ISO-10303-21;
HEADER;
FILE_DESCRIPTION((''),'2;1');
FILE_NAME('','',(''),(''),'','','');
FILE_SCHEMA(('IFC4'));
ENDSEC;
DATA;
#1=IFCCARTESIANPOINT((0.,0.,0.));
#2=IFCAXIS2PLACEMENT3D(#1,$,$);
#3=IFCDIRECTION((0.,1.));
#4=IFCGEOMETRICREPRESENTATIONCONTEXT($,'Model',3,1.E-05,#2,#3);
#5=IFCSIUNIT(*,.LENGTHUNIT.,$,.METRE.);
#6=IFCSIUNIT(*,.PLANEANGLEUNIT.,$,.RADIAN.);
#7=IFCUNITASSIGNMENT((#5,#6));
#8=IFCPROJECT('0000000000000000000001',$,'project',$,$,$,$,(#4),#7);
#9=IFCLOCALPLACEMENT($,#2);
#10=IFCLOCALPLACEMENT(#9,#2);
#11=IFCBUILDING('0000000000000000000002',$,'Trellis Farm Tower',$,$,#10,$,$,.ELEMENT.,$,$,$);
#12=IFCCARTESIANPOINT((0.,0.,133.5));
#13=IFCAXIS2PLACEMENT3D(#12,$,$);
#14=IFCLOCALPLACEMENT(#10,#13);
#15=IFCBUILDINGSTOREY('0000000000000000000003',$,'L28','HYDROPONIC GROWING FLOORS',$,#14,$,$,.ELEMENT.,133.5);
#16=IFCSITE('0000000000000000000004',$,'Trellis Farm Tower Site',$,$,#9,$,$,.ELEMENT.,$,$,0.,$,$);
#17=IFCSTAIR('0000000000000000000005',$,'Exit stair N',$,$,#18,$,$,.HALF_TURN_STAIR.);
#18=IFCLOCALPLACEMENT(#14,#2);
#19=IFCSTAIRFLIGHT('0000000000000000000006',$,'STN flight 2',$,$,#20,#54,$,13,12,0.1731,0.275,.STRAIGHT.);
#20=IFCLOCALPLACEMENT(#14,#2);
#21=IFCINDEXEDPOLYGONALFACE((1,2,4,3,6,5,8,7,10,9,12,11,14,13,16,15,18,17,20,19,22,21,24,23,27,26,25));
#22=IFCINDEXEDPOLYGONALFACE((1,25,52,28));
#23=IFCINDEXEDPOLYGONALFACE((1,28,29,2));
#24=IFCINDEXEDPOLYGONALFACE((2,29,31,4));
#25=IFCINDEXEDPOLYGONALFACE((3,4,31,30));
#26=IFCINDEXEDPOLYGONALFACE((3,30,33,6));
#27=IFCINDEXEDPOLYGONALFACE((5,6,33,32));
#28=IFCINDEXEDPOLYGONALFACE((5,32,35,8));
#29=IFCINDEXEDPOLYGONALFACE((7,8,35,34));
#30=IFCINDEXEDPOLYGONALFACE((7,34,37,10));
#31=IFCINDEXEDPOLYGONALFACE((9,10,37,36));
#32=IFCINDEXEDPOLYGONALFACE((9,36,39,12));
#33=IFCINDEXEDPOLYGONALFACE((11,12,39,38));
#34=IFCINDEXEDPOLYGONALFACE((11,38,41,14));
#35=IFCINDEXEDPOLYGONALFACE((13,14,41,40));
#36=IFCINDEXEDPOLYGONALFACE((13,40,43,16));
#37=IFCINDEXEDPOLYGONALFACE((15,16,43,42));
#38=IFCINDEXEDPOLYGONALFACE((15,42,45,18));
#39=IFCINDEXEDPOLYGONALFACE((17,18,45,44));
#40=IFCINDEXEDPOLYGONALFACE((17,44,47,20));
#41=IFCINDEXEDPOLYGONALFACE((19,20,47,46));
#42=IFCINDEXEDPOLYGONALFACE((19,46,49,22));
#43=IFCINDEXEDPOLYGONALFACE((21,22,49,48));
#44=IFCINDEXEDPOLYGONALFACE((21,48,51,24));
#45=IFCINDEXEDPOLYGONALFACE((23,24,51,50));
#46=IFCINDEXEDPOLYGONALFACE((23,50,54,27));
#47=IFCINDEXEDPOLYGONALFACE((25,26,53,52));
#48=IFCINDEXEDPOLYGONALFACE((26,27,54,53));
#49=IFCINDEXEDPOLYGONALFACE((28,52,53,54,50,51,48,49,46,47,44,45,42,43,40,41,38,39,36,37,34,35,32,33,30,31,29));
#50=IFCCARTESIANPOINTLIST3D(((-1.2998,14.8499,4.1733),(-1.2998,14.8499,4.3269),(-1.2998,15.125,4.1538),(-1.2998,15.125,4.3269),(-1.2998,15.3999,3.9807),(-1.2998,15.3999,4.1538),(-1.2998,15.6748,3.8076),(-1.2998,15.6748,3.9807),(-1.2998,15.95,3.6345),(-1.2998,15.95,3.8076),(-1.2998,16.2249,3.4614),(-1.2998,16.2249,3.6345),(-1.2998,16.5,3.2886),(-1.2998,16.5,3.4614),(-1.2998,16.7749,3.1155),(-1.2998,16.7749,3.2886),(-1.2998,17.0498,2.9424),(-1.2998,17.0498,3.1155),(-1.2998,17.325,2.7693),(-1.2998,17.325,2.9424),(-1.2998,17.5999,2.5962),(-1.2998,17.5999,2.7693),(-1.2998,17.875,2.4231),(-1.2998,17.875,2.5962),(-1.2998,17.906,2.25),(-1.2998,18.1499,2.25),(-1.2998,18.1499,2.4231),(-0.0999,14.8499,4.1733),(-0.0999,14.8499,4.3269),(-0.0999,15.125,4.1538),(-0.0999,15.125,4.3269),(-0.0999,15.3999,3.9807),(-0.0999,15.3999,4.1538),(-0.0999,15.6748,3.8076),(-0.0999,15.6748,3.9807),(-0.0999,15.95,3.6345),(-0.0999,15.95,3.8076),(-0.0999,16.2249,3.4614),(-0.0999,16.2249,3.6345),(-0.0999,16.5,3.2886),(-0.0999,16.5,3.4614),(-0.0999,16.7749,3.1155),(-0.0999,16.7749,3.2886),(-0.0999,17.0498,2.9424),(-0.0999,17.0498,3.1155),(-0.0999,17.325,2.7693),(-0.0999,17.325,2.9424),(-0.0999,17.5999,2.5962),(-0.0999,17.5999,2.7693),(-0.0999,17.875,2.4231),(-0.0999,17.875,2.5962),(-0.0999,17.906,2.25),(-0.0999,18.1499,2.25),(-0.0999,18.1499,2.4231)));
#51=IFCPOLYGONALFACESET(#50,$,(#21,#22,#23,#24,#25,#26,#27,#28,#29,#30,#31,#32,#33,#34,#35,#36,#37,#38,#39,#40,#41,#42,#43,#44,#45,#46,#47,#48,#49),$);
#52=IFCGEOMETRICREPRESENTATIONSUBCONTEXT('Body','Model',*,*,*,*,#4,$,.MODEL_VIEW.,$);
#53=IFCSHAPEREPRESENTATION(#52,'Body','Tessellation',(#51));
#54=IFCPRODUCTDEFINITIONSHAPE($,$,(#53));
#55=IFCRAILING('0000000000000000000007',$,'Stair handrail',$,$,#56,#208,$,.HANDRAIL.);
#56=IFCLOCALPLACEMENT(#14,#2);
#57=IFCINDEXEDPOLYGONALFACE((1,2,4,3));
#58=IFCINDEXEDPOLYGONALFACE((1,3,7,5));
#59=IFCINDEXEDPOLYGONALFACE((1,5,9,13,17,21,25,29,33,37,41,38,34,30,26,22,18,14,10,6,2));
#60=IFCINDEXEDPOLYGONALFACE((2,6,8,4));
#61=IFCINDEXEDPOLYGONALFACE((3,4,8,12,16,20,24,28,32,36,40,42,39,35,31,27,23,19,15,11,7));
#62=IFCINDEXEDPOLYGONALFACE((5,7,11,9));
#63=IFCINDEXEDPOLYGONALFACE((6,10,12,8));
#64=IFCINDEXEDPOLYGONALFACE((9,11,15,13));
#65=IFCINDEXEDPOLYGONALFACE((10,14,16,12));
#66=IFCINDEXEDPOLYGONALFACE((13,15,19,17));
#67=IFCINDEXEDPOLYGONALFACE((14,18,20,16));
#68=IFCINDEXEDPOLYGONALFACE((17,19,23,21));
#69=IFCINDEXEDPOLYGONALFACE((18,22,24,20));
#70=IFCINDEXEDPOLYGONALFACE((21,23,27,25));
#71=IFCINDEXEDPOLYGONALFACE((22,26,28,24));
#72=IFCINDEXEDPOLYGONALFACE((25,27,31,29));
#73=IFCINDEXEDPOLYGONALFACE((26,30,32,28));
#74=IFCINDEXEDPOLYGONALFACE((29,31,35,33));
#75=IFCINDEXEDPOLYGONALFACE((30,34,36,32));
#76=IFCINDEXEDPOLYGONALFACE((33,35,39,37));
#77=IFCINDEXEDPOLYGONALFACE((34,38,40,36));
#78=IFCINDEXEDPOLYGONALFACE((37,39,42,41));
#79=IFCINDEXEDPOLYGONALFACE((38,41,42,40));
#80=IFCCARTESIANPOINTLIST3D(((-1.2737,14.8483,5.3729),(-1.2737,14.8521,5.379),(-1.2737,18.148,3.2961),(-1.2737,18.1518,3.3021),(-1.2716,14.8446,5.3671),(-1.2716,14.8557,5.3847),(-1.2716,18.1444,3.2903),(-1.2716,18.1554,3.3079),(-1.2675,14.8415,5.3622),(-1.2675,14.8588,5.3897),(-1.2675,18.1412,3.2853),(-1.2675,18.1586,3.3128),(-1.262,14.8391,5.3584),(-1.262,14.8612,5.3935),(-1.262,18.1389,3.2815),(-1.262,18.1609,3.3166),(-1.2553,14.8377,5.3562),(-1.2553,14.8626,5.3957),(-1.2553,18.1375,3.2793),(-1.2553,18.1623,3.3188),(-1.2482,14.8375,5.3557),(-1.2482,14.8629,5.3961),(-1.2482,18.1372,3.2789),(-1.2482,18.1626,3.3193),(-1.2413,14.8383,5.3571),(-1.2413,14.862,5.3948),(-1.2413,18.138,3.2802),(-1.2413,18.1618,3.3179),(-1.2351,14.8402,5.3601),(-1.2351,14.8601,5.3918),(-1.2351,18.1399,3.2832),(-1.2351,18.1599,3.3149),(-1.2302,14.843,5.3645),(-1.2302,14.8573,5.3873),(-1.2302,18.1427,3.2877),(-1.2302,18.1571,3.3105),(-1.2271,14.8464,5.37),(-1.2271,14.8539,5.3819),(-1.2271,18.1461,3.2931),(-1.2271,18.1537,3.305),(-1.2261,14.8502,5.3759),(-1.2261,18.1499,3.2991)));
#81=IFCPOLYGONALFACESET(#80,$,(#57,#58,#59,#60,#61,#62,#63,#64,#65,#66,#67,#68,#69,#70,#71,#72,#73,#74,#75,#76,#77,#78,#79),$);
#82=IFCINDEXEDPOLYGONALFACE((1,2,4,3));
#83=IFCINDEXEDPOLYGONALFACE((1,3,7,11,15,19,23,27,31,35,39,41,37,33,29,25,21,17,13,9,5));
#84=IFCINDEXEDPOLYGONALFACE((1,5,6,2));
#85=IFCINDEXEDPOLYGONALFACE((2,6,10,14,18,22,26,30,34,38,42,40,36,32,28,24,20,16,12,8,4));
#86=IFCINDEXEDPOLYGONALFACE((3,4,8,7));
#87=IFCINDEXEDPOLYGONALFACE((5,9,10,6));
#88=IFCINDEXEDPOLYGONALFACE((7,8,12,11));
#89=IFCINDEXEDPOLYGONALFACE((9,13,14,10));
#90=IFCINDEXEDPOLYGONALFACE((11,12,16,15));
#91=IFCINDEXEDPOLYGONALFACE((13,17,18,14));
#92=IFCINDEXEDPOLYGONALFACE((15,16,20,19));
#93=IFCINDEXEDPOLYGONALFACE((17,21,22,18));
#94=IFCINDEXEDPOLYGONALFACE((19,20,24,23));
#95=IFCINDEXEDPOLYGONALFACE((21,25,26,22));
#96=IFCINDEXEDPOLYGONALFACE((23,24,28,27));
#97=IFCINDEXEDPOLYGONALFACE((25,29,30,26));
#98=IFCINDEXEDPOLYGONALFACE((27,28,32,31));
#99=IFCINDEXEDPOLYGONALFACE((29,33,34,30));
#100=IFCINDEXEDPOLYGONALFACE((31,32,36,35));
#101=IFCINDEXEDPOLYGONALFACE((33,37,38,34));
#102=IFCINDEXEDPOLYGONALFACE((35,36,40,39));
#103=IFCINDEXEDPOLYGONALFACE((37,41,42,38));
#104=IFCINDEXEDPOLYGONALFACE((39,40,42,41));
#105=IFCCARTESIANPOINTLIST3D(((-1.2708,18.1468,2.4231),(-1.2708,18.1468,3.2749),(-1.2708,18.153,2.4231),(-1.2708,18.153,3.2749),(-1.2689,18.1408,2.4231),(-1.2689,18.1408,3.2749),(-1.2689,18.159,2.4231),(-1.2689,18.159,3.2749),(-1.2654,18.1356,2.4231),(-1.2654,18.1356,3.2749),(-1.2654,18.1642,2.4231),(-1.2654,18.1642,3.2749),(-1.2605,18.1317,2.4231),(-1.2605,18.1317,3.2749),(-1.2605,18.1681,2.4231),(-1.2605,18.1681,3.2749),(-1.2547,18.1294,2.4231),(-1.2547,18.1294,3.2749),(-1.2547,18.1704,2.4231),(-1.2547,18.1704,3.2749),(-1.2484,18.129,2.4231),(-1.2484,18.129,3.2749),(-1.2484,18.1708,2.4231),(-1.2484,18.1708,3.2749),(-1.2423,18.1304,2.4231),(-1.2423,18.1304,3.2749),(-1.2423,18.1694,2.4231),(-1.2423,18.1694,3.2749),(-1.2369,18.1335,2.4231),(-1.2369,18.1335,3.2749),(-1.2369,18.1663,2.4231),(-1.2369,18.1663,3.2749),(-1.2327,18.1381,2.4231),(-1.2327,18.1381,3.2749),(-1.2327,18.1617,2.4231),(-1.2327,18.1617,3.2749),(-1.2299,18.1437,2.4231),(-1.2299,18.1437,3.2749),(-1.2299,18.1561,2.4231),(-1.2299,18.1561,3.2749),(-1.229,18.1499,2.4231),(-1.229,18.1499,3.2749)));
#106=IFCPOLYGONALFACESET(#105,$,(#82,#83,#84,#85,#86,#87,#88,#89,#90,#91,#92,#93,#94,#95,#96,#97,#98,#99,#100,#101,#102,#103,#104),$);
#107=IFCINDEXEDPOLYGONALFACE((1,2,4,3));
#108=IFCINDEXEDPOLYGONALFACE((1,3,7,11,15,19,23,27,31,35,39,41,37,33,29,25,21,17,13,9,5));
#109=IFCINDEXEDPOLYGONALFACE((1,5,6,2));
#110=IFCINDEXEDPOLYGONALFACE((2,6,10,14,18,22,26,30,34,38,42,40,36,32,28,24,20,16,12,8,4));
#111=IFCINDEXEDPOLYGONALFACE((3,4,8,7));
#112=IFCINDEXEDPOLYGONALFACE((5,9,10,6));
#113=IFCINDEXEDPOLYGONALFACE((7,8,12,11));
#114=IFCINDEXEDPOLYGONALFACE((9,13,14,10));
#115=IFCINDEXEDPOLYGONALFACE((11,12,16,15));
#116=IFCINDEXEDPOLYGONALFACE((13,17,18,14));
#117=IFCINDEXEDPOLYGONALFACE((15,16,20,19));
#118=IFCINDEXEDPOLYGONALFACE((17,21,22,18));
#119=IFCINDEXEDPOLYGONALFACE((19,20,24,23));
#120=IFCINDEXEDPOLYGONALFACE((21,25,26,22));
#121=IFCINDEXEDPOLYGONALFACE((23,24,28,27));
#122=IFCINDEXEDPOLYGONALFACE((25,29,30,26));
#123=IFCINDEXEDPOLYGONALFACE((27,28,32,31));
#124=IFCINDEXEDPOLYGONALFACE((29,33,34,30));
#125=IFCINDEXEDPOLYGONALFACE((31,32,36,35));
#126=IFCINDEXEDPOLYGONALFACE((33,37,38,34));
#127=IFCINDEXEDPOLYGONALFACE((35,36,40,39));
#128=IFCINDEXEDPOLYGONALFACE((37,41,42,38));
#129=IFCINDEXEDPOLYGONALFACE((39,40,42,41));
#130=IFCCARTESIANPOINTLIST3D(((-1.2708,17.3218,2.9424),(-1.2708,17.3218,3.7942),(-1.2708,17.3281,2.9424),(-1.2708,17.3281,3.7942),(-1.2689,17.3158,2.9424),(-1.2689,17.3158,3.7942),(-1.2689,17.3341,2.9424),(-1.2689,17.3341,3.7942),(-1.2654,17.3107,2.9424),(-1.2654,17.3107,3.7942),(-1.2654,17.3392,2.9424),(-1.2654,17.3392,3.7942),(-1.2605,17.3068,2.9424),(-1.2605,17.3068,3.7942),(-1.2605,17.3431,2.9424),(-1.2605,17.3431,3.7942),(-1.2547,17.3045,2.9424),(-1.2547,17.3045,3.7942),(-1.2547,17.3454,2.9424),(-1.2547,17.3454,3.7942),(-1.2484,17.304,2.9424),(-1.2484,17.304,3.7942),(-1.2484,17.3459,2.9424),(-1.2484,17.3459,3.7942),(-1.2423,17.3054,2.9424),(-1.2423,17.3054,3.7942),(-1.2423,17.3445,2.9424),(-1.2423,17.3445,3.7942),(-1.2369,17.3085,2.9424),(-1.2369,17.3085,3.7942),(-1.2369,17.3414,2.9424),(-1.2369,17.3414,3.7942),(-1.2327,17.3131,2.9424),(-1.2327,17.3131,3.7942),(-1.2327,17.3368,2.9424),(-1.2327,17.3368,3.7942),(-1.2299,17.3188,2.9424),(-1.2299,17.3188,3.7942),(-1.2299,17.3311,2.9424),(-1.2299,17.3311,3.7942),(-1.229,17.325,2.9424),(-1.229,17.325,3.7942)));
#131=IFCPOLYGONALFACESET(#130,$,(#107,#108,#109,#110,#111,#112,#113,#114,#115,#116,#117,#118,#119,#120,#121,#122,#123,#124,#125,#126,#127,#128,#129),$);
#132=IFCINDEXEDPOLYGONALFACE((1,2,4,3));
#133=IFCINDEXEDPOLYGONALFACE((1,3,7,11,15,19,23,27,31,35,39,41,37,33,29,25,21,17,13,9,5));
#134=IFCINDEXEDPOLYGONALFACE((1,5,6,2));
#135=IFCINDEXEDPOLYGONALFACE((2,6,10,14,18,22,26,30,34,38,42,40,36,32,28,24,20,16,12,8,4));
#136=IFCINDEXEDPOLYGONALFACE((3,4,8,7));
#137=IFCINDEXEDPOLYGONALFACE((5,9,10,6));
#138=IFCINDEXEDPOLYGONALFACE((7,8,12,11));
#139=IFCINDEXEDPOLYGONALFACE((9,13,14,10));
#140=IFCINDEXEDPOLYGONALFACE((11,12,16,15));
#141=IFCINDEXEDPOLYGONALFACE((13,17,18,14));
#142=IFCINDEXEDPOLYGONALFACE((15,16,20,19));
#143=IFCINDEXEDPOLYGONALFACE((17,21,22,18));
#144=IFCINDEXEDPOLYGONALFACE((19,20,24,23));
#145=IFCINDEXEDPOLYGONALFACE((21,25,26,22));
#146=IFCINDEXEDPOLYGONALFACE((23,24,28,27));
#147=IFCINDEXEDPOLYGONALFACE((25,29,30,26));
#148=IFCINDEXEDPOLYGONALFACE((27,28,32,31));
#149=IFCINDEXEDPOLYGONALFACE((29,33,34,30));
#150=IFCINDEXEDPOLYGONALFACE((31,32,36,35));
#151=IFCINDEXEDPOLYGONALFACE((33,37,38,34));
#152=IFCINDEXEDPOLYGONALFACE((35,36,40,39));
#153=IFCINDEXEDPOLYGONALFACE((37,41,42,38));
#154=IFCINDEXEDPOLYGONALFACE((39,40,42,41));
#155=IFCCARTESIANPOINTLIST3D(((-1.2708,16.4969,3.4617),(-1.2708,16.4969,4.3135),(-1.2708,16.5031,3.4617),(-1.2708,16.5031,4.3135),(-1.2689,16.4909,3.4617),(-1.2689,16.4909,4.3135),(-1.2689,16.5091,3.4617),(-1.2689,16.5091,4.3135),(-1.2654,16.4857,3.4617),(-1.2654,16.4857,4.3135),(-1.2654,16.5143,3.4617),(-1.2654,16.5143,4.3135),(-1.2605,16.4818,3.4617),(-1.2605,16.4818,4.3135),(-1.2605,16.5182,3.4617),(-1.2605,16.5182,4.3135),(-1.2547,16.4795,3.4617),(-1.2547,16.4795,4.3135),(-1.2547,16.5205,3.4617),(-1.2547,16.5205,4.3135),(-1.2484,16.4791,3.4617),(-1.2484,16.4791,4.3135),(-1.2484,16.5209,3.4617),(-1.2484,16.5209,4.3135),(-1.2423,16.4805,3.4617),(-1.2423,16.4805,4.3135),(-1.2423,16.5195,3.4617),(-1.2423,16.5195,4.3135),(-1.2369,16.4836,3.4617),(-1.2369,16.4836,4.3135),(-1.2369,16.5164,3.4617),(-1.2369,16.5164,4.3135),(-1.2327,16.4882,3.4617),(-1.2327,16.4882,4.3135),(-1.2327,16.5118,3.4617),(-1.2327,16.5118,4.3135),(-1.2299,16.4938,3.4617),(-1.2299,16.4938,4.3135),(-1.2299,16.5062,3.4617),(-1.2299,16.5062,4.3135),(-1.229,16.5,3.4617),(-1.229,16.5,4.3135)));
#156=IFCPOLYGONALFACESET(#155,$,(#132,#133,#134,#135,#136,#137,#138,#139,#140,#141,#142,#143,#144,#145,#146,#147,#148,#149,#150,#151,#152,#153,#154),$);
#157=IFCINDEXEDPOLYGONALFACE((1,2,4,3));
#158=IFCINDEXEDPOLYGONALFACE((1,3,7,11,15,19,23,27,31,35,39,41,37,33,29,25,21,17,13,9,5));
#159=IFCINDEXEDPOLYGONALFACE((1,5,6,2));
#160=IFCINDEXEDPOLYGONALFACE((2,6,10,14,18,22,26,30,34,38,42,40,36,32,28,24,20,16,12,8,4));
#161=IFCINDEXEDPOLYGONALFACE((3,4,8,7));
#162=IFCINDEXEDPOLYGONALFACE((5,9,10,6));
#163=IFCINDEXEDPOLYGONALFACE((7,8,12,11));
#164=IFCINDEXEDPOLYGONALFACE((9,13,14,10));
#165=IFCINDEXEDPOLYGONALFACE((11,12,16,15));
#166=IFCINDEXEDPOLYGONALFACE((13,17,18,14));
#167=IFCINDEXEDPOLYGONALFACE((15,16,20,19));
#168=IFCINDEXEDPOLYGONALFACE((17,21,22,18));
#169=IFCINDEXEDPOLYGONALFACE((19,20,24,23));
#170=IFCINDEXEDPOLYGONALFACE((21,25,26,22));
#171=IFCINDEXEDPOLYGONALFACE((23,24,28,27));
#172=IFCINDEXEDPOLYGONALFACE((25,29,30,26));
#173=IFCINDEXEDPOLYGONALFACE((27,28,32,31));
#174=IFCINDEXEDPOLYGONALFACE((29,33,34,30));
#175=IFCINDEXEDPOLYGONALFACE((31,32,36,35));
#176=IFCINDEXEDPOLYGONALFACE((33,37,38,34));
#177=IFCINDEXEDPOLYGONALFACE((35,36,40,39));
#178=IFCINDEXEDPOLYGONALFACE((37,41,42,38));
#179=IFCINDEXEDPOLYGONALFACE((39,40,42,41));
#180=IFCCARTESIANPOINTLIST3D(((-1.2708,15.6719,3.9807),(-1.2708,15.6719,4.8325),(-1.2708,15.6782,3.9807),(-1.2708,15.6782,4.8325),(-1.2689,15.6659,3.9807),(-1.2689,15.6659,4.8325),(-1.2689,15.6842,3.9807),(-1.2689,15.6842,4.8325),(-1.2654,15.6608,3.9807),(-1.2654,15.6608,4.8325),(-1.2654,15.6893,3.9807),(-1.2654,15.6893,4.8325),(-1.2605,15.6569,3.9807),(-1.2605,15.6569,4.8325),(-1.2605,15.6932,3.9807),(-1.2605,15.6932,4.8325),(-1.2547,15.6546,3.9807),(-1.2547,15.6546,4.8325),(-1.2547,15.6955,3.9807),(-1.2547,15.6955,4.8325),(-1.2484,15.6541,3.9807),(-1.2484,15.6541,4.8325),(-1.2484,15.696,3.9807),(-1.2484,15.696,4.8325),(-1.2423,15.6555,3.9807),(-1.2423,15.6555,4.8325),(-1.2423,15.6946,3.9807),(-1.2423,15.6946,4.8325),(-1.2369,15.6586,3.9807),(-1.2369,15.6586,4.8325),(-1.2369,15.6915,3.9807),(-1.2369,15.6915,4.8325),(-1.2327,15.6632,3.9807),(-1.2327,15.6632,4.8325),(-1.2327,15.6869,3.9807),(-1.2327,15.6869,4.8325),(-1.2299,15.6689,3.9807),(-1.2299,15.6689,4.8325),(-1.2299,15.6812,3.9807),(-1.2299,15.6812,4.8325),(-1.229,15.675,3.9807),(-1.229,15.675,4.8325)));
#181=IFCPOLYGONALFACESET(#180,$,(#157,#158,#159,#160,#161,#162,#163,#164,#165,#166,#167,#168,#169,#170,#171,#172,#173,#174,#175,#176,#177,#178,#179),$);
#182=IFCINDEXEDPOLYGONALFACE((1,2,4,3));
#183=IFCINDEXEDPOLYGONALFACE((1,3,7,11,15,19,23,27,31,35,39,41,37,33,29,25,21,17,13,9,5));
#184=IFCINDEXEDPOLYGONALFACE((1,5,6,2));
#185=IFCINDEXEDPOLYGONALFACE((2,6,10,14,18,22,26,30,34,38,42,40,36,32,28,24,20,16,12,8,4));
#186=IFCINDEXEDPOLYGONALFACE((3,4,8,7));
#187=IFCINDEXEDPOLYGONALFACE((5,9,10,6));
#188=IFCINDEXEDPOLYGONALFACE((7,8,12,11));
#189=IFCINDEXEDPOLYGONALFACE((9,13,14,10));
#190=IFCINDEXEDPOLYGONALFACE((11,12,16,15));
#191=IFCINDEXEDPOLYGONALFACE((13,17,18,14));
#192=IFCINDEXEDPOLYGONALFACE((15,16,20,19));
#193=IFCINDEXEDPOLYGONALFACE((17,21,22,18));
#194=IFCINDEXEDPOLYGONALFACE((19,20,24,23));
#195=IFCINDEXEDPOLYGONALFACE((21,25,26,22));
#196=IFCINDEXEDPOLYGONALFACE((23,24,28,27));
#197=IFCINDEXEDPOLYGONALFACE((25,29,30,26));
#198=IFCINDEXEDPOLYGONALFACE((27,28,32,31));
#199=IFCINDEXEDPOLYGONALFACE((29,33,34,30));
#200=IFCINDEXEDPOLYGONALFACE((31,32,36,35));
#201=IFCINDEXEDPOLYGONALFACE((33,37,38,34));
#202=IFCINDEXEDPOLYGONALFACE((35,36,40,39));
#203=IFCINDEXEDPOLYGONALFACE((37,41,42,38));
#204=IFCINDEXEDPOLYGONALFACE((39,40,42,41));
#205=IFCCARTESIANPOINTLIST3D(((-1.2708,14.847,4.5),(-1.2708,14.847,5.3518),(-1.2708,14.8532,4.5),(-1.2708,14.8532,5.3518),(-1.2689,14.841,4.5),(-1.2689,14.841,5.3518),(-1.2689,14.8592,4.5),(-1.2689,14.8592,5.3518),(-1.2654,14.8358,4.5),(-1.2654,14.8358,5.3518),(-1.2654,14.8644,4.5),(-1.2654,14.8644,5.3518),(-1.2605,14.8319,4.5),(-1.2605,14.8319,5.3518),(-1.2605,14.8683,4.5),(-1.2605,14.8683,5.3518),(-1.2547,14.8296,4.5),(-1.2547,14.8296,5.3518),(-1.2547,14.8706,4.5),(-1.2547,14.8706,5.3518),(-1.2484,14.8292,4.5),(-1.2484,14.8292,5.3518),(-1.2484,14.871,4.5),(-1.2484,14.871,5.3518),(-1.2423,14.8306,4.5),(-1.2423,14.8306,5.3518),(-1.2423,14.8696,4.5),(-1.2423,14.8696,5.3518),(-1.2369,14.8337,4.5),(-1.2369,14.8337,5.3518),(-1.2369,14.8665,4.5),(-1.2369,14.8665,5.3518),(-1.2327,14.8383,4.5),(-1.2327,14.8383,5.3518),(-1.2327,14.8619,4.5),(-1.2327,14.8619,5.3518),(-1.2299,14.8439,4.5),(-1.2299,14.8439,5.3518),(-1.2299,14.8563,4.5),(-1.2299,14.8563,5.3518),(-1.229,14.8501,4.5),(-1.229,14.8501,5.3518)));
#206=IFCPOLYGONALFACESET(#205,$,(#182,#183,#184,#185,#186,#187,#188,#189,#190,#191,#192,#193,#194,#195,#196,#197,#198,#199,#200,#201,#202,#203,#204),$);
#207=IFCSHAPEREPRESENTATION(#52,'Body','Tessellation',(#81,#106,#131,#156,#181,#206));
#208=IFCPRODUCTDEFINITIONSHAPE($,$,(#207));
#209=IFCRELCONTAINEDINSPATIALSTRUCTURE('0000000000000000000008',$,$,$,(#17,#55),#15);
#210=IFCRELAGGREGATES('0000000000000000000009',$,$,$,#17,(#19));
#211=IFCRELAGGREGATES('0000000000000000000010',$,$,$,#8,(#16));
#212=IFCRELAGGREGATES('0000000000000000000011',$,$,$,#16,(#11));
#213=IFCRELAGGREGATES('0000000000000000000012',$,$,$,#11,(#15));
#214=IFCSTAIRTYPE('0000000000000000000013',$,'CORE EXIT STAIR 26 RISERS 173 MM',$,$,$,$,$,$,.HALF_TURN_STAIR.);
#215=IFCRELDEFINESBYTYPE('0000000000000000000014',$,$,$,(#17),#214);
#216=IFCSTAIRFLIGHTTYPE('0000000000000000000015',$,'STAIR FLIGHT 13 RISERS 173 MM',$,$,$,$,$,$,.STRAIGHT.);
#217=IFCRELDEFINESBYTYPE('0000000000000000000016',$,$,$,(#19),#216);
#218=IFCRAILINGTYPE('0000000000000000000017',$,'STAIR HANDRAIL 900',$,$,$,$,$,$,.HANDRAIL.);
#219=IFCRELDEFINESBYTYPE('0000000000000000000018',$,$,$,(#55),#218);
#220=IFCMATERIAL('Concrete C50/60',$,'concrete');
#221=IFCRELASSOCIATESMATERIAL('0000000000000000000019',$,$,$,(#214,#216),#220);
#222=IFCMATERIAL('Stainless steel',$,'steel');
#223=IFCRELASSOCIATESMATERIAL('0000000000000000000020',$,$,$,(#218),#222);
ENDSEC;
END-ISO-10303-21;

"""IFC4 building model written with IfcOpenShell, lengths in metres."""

from ifc_helpers import new_model, si_unit, direction, frame, origin, origin_2d, place, context, subcontext, project, spatial, polyline, circle, outline, extrude, source, transform, mapped, material, type_object, element, aggregate, save


model = new_model("IFC4")

# Units and contexts
model_context = context("Model", 3, precision=1e-05, world=origin(), true_north=direction((0.0, 1.0)))
body_context = subcontext(model_context, "Body", "Model", "MODEL_VIEW")
ifc_project = project(units=[si_unit("LENGTHUNIT", "METRE"), si_unit("PLANEANGLEUNIT", "RADIAN")], contexts=[model_context])

# Site, building, storey
site_placement = place(None, origin())
site = spatial("IfcSite", under=ifc_project, at=site_placement, Name="Trellis Farm Tower Site", CompositionType="ELEMENT", RefElevation=0.0)
building_placement = place(site_placement, origin())
building = spatial("IfcBuilding", under=site, at=building_placement, Name="Trellis Farm Tower", CompositionType="ELEMENT")
storey_placement = place(building_placement, frame((0.0, 0.0, 133.5)))
storey = spatial("IfcBuildingStorey", under=building, at=storey_placement, Name="L28", Description="HYDROPONIC GROWING FLOORS", CompositionType="ELEMENT", Elevation=133.5)

# Shared definitions
placement = place(storey_placement, origin())

# Stair, stair flight
ifc_material_1 = material(Name="Concrete C50/60", Category="concrete")
stair_type = type_object("IfcStairType", Name="CORE EXIT STAIR 26 RISERS 173 MM", PredefinedType="HALF_TURN_STAIR", material=ifc_material_1)
stair = element("IfcStair", 1, at=placement, inside=storey, type_object=stair_type, Name="Exit stair N", PredefinedType="HALF_TURN_STAIR")
stair_flight_type = type_object("IfcStairFlightType", Name="STAIR FLIGHT 13 RISERS 173 MM", PredefinedType="STRAIGHT", material=ifc_material_1)
shared_shape_1 = source(origin(), body_context, "Body", "SweptSolid", [
    extrude(outline(polyline([(0.0, 0.0), (0.0, 0.1731), (0.2749, 0.1731), (0.2749, 0.3462), (0.55, 0.3462), (0.55, 0.5193), (0.825, 0.5193), (0.825, 0.6924), (1.1001, 0.6924), (1.1001, 0.8655), (1.375, 0.8655), (1.375, 1.0386), (1.6499, 1.0386), (1.6499, 1.2114), (1.925, 1.2114), (1.925, 1.3845), (2.2, 1.3845), (2.2, 1.5576), (2.4751, 1.5576), (2.4751, 1.7307), (2.75, 1.7307), (2.75, 1.9038), (3.0249, 1.9038), (3.0249, 2.0769), (3.3, 2.0769), (3.3, 2.25), (3.3, 1.9233), (0.2439, 0.0), (0.0, 0.0)])), frame((0.0, 0.6001, 0.0), z_axis=(0.0, -1.0, 0.0), x_axis=(1.0, 0.0, 0.0)), (0.0, 0.0, 1.0), 1.2),
])
stair_flight_placement = place(storey_placement, frame((-0.7, 18.1499, 2.25), z_axis=(0.0, 0.0, 1.0), x_axis=(0.0, -1.0, 0.0)))
stair_flight = element("IfcStairFlight", 2, at=stair_flight_placement, type_object=stair_flight_type, Name="STN flight 2", NumberOfRisers=13, NumberOfTreads=12, PredefinedType="STRAIGHT", RiserHeight=0.1731, TreadLength=0.275, context=body_context, shape_type="MappedRepresentation", body=[
    mapped(shared_shape_1, transform((0.0, 0.0, 0.0))),
])
aggregate(stair, [stair_flight])

# Railing
ifc_material_2 = material(Name="Stainless steel", Category="steel")
railing_type = type_object("IfcRailingType", Name="STAIR HANDRAIL 900", PredefinedType="HANDRAIL", material=ifc_material_2)
shared_shape_2 = source(origin(), body_context, "Body", "SweptSolid", [
    extrude(circle(Radius=0.0239, at=origin_2d()), frame((0.0, 0.0, 0.876), z_axis=(0.0, -0.84632, 0.532675), x_axis=(1.0, 0.0, 0.0)), (0.0, 0.0, 1.0), 3.8989),
    extrude(circle(Radius=0.021, at=origin_2d()), origin(), (0.0, 0.0, 1.0), 0.8518),
    extrude(circle(Radius=0.021, at=origin_2d()), frame((0.0, -0.825, 0.5193)), (0.0, 0.0, 1.0), 0.8518),
    extrude(circle(Radius=0.021, at=origin_2d()), frame((0.0, -1.6499, 1.0386)), (0.0, 0.0, 1.0), 0.8518),
    extrude(circle(Radius=0.021, at=origin_2d()), frame((0.0, -2.4749, 1.5576)), (0.0, 0.0, 1.0), 0.8518),
    extrude(circle(Radius=0.021, at=origin_2d()), frame((0.0, -3.2998, 2.0769)), (0.0, 0.0, 1.0), 0.8518),
])
railing_placement = place(storey_placement, frame((-1.25, 18.1499, 2.4231)))
element("IfcRailing", 3, at=railing_placement, inside=storey, type_object=railing_type, Name="Stair handrail", PredefinedType="HANDRAIL", context=body_context, shape_type="MappedRepresentation", body=[
    mapped(shared_shape_2, transform((0.0, 0.0, 0.0))),
])

save(model, "model.ifc")
